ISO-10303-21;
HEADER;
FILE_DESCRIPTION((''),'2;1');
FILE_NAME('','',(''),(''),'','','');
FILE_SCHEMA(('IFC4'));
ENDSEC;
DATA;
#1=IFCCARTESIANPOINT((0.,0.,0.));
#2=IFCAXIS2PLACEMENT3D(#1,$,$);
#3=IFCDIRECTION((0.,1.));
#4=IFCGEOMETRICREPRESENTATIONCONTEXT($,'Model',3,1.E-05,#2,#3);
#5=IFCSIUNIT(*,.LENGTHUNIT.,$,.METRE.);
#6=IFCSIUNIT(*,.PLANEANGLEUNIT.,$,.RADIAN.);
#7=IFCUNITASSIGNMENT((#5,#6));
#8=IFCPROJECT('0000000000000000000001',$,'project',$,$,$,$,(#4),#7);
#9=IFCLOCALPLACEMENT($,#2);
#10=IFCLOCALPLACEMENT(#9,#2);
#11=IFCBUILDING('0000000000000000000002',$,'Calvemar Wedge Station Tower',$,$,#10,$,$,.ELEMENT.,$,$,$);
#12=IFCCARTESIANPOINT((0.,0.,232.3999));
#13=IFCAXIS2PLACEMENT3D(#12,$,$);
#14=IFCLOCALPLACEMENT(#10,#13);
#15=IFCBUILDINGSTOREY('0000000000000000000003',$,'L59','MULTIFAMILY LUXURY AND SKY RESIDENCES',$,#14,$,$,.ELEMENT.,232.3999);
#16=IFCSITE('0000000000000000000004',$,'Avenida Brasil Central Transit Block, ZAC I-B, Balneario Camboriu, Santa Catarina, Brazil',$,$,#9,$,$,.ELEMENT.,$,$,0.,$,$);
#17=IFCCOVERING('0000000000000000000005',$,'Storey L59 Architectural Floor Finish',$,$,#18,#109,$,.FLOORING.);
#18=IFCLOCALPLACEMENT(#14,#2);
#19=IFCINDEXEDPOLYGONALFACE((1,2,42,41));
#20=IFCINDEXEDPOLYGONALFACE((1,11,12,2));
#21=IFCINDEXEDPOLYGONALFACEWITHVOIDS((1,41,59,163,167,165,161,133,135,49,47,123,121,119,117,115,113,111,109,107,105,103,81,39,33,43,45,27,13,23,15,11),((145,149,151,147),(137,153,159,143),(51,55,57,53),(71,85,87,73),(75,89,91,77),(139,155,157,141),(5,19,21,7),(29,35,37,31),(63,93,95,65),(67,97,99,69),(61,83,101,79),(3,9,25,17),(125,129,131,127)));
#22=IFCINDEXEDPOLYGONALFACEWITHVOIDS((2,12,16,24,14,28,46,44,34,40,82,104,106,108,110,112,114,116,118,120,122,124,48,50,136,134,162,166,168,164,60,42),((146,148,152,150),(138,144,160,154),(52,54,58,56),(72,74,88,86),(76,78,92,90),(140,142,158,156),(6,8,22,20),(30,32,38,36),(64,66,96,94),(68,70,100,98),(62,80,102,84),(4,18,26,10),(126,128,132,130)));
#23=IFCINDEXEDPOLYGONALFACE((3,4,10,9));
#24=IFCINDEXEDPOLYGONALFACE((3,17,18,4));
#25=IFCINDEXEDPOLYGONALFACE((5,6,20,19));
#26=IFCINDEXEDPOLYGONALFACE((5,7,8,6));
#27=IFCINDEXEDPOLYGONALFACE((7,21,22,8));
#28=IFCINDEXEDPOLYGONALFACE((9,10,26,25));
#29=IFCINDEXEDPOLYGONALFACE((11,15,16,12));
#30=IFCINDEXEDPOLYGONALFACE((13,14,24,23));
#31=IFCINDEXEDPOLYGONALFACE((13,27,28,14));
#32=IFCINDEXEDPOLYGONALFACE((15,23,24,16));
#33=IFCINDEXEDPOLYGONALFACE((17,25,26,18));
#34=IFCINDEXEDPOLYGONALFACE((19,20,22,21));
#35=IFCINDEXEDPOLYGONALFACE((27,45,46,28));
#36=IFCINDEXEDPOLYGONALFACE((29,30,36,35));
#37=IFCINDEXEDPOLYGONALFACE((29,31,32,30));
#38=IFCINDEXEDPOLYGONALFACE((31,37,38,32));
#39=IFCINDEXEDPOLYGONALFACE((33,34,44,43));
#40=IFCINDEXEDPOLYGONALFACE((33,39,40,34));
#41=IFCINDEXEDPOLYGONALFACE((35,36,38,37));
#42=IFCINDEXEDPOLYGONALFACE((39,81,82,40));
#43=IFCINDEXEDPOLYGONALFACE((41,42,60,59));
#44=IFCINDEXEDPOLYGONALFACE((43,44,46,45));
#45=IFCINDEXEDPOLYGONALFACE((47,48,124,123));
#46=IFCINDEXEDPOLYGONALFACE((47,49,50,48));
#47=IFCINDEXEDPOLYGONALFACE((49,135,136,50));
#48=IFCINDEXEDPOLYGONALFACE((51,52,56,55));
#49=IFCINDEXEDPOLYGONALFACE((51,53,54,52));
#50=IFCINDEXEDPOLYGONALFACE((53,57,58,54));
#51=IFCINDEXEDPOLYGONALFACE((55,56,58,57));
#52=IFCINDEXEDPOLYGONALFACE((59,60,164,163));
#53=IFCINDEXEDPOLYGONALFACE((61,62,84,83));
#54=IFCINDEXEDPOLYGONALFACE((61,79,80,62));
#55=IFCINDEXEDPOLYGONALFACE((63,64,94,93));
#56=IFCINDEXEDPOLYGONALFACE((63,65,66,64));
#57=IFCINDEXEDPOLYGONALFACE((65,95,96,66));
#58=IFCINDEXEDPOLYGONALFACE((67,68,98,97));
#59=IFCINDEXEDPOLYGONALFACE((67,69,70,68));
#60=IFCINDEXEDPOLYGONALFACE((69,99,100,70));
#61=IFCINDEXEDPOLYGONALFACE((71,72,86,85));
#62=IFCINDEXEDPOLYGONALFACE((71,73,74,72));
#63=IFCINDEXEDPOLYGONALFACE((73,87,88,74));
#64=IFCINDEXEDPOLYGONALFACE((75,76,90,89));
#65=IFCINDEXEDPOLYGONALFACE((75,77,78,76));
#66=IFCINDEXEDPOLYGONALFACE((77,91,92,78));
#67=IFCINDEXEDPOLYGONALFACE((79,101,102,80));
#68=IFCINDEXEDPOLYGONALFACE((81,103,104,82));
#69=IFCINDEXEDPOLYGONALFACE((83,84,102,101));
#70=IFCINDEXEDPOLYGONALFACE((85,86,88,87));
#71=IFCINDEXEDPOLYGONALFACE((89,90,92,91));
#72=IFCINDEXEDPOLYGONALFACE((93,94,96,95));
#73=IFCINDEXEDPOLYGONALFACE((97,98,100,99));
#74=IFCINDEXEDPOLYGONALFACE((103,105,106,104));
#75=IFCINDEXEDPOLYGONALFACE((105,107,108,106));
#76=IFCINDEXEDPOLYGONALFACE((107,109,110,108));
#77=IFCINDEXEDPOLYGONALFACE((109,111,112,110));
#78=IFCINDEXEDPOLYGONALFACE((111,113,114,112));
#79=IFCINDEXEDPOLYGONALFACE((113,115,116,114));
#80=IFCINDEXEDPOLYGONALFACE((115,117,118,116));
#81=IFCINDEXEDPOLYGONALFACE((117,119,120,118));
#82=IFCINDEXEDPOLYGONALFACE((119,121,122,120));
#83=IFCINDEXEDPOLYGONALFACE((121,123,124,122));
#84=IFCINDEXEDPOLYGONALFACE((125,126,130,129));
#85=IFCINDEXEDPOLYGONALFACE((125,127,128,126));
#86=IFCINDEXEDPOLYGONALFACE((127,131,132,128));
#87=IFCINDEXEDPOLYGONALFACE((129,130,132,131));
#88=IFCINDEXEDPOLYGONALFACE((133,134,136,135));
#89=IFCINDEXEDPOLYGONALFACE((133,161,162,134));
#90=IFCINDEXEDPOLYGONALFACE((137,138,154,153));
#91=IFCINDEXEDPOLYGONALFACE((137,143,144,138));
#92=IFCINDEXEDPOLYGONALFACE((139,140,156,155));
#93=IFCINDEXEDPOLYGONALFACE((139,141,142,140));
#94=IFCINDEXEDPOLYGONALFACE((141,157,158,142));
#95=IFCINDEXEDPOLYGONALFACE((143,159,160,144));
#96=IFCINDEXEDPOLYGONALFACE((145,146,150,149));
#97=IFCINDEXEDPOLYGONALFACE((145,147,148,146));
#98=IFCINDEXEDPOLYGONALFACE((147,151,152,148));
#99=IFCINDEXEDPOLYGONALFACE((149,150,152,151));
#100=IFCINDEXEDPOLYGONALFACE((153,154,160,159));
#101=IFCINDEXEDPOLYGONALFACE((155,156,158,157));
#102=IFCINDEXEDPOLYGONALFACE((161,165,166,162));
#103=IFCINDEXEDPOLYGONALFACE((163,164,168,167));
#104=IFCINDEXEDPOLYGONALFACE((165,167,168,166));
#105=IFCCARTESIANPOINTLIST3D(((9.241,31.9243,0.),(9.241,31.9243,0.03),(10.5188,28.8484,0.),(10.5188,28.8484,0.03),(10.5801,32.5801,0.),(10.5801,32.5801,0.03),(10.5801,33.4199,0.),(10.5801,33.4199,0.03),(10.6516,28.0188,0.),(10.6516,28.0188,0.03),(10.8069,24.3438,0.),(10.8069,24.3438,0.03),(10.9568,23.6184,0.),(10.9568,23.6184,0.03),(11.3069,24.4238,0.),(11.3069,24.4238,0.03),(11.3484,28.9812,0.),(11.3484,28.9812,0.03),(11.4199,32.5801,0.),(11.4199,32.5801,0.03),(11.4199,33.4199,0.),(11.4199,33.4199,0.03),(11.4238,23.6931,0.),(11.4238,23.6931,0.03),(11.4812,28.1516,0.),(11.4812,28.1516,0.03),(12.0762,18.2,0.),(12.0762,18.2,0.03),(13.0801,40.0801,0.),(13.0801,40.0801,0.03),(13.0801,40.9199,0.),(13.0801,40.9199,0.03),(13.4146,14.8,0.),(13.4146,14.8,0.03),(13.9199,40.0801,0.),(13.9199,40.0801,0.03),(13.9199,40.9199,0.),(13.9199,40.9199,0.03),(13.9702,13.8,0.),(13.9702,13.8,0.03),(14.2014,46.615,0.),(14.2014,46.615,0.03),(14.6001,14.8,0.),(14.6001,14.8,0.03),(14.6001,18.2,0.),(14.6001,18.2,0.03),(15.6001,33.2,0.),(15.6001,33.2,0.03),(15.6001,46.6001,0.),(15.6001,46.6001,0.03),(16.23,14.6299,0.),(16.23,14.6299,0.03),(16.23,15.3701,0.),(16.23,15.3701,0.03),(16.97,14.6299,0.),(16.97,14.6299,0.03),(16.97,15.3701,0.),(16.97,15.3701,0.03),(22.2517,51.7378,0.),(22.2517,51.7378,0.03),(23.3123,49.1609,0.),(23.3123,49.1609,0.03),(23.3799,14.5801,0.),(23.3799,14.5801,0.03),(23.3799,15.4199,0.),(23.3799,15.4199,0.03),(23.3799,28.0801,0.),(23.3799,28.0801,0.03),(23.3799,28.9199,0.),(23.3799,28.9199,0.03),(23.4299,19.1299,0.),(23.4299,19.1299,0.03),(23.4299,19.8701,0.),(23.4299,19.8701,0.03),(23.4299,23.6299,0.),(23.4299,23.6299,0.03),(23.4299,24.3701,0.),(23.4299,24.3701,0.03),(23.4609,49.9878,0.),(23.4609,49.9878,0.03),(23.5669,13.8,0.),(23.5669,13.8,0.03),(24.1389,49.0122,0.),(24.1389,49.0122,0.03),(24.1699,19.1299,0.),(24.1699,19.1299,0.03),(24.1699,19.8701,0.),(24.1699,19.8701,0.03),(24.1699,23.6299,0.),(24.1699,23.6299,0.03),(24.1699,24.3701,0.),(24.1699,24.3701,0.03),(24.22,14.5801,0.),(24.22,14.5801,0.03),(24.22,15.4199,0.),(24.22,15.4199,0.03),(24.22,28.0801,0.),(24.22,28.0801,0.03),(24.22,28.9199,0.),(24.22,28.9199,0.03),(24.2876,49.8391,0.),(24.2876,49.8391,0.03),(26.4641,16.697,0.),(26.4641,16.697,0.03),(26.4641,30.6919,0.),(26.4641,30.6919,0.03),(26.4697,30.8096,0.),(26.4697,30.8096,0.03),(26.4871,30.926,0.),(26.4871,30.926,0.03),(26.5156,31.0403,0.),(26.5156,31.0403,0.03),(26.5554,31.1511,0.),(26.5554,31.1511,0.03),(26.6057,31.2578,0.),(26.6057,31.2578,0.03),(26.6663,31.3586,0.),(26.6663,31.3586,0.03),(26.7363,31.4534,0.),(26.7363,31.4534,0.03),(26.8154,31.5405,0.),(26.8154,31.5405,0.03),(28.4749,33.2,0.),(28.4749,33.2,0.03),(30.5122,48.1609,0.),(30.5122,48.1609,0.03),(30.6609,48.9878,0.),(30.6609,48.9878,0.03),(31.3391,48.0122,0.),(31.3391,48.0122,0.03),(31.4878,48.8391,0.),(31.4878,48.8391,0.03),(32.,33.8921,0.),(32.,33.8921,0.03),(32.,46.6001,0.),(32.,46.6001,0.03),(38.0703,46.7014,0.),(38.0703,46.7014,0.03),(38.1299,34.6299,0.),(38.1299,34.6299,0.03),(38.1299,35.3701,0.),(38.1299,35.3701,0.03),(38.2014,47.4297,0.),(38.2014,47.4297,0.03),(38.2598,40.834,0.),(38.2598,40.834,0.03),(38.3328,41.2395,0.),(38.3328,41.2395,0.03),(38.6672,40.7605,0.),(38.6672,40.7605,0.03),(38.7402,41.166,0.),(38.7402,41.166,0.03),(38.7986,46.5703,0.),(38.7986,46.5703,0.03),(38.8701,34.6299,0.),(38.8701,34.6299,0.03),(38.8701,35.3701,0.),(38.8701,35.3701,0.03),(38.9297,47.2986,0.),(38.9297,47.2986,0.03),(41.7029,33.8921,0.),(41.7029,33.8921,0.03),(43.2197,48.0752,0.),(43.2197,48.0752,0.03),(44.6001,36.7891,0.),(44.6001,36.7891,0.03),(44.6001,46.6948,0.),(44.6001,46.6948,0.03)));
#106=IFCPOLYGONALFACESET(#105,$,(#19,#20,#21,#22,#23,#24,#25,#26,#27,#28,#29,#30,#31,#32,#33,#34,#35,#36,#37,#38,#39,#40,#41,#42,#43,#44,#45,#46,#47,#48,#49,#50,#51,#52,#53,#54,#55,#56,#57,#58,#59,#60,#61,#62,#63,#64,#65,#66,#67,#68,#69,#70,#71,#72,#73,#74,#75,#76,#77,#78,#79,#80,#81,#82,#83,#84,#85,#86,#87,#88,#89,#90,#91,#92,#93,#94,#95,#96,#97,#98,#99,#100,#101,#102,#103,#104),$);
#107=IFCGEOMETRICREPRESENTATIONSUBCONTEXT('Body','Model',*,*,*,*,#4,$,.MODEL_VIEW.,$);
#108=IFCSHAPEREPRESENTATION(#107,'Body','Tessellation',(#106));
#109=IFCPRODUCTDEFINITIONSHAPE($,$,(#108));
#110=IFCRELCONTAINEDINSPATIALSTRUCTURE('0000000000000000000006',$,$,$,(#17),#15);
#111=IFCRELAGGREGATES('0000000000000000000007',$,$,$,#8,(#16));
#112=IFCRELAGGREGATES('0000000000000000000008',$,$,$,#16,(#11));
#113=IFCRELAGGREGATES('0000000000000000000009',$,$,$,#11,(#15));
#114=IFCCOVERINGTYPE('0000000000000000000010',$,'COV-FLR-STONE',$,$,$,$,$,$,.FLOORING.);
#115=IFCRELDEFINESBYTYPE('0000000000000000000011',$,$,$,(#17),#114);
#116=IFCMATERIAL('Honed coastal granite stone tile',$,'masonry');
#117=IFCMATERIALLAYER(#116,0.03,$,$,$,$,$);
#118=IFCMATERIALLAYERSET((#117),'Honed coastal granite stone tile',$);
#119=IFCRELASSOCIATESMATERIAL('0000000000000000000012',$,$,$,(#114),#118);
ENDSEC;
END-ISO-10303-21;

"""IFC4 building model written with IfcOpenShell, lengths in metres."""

from ifc_helpers import new_model, si_unit, direction, frame, origin, place, context, subcontext, project, spatial, polyline, outline, extrude, material, layer, layer_set, type_object, element, save


model = new_model("IFC4")

# Units and contexts
model_context = context("Model", 3, precision=1e-05, world=origin(), true_north=direction((0.0, 1.0)))
body_context = subcontext(model_context, "Body", "Model", "MODEL_VIEW")
ifc_project = project(units=[si_unit("LENGTHUNIT", "METRE"), si_unit("PLANEANGLEUNIT", "RADIAN")], contexts=[model_context])

# Site, building, storey
site_placement = place(None, origin())
site = spatial("IfcSite", under=ifc_project, at=site_placement, Name="Avenida Brasil Central Transit Block, ZAC I-B, Balneario Camboriu, Santa Catarina, Brazil", CompositionType="ELEMENT", RefElevation=0.0)
building_placement = place(site_placement, origin())
building = spatial("IfcBuilding", under=site, at=building_placement, Name="Calvemar Wedge Station Tower", CompositionType="ELEMENT")
storey_placement = place(building_placement, frame((0.0, 0.0, 232.3999)))
storey = spatial("IfcBuildingStorey", under=building, at=storey_placement, Name="L59", Description="MULTIFAMILY LUXURY AND SKY RESIDENCES", CompositionType="ELEMENT", Elevation=232.3999)

# Covering
ifc_material_1 = material(Name="Honed coastal granite stone tile", Category="masonry")
ifc_layer_1 = layer(ifc_material_1, 0.03)
ifc_layer_set_1 = layer_set([ifc_layer_1], Name="Honed coastal granite stone tile")
covering_type_1 = type_object("IfcCoveringType", Name="COV-FLR-STONE", PredefinedType="FLOORING", material=ifc_layer_set_1)
covering_1_placement = place(storey_placement, origin())
element("IfcCovering", 1, at=covering_1_placement, inside=storey, type_object=covering_type_1, Name="Storey L59 Architectural Floor Finish", PredefinedType="FLOORING", context=body_context, shape_type="SweptSolid", body=[
    extrude(outline(polyline([(26.6663, 31.3586), (26.7363, 31.4534), (26.8154, 31.5405), (28.4749, 33.2), (15.6001, 33.2), (15.6001, 46.6001), (32.0, 46.6001), (32.0, 33.8921), (41.7029, 33.8921), (44.6001, 36.7891), (44.6001, 46.6948), (43.2197, 48.0752), (22.2517, 51.7378), (14.2014, 46.615), (9.241, 31.9243), (10.8069, 24.3438), (11.3069, 24.4238), (11.4238, 23.6931), (10.9568, 23.6184), (12.0762, 18.2), (14.6001, 18.2), (14.6001, 14.8), (13.4146, 14.8), (13.9702, 13.8), (23.5669, 13.8), (26.4641, 16.697), (26.4641, 30.6919), (26.4697, 30.8096), (26.4871, 30.926), (26.5156, 31.0403), (26.5554, 31.1511), (26.6057, 31.2578), (26.6663, 31.3586)]), holes=[polyline([(11.4199, 33.4199), (11.4199, 32.5801), (10.5801, 32.5801), (10.5801, 33.4199), (11.4199, 33.4199)]), polyline([(13.9199, 40.0801), (13.0801, 40.0801), (13.0801, 40.9199), (13.9199, 40.9199), (13.9199, 40.0801)]), polyline([(23.3123, 49.1609), (23.4609, 49.9878), (24.2876, 49.8391), (24.1389, 49.0122), (23.3123, 49.1609)]), polyline([(30.6609, 48.9878), (31.4878, 48.8391), (31.3391, 48.0122), (30.5122, 48.1609), (30.6609, 48.9878)]), polyline([(38.9297, 47.2986), (38.7986, 46.5703), (38.0703, 46.7014), (38.2014, 47.4297), (38.9297, 47.2986)]), polyline([(38.8701, 34.6299), (38.1299, 34.6299), (38.1299, 35.3701), (38.8701, 35.3701), (38.8701, 34.6299)]), polyline([(38.2598, 40.834), (38.3328, 41.2395), (38.7402, 41.166), (38.6672, 40.7605), (38.2598, 40.834)]), polyline([(11.3484, 28.9812), (11.4812, 28.1516), (10.6516, 28.0188), (10.5188, 28.8484), (11.3484, 28.9812)]), polyline([(24.22, 28.0801), (23.3799, 28.0801), (23.3799, 28.9199), (24.22, 28.9199), (24.22, 28.0801)]), polyline([(23.4299, 23.6299), (23.4299, 24.3701), (24.1699, 24.3701), (24.1699, 23.6299), (23.4299, 23.6299)]), polyline([(23.4299, 19.8701), (24.1699, 19.8701), (24.1699, 19.1299), (23.4299, 19.1299), (23.4299, 19.8701)]), polyline([(24.22, 15.4199), (24.22, 14.5801), (23.3799, 14.5801), (23.3799, 15.4199), (24.22, 15.4199)]), polyline([(16.97, 14.6299), (16.23, 14.6299), (16.23, 15.3701), (16.97, 15.3701), (16.97, 14.6299)])]), origin(), (0.0, 0.0, 1.0), 0.03),
])

save(model, "model.ifc")
